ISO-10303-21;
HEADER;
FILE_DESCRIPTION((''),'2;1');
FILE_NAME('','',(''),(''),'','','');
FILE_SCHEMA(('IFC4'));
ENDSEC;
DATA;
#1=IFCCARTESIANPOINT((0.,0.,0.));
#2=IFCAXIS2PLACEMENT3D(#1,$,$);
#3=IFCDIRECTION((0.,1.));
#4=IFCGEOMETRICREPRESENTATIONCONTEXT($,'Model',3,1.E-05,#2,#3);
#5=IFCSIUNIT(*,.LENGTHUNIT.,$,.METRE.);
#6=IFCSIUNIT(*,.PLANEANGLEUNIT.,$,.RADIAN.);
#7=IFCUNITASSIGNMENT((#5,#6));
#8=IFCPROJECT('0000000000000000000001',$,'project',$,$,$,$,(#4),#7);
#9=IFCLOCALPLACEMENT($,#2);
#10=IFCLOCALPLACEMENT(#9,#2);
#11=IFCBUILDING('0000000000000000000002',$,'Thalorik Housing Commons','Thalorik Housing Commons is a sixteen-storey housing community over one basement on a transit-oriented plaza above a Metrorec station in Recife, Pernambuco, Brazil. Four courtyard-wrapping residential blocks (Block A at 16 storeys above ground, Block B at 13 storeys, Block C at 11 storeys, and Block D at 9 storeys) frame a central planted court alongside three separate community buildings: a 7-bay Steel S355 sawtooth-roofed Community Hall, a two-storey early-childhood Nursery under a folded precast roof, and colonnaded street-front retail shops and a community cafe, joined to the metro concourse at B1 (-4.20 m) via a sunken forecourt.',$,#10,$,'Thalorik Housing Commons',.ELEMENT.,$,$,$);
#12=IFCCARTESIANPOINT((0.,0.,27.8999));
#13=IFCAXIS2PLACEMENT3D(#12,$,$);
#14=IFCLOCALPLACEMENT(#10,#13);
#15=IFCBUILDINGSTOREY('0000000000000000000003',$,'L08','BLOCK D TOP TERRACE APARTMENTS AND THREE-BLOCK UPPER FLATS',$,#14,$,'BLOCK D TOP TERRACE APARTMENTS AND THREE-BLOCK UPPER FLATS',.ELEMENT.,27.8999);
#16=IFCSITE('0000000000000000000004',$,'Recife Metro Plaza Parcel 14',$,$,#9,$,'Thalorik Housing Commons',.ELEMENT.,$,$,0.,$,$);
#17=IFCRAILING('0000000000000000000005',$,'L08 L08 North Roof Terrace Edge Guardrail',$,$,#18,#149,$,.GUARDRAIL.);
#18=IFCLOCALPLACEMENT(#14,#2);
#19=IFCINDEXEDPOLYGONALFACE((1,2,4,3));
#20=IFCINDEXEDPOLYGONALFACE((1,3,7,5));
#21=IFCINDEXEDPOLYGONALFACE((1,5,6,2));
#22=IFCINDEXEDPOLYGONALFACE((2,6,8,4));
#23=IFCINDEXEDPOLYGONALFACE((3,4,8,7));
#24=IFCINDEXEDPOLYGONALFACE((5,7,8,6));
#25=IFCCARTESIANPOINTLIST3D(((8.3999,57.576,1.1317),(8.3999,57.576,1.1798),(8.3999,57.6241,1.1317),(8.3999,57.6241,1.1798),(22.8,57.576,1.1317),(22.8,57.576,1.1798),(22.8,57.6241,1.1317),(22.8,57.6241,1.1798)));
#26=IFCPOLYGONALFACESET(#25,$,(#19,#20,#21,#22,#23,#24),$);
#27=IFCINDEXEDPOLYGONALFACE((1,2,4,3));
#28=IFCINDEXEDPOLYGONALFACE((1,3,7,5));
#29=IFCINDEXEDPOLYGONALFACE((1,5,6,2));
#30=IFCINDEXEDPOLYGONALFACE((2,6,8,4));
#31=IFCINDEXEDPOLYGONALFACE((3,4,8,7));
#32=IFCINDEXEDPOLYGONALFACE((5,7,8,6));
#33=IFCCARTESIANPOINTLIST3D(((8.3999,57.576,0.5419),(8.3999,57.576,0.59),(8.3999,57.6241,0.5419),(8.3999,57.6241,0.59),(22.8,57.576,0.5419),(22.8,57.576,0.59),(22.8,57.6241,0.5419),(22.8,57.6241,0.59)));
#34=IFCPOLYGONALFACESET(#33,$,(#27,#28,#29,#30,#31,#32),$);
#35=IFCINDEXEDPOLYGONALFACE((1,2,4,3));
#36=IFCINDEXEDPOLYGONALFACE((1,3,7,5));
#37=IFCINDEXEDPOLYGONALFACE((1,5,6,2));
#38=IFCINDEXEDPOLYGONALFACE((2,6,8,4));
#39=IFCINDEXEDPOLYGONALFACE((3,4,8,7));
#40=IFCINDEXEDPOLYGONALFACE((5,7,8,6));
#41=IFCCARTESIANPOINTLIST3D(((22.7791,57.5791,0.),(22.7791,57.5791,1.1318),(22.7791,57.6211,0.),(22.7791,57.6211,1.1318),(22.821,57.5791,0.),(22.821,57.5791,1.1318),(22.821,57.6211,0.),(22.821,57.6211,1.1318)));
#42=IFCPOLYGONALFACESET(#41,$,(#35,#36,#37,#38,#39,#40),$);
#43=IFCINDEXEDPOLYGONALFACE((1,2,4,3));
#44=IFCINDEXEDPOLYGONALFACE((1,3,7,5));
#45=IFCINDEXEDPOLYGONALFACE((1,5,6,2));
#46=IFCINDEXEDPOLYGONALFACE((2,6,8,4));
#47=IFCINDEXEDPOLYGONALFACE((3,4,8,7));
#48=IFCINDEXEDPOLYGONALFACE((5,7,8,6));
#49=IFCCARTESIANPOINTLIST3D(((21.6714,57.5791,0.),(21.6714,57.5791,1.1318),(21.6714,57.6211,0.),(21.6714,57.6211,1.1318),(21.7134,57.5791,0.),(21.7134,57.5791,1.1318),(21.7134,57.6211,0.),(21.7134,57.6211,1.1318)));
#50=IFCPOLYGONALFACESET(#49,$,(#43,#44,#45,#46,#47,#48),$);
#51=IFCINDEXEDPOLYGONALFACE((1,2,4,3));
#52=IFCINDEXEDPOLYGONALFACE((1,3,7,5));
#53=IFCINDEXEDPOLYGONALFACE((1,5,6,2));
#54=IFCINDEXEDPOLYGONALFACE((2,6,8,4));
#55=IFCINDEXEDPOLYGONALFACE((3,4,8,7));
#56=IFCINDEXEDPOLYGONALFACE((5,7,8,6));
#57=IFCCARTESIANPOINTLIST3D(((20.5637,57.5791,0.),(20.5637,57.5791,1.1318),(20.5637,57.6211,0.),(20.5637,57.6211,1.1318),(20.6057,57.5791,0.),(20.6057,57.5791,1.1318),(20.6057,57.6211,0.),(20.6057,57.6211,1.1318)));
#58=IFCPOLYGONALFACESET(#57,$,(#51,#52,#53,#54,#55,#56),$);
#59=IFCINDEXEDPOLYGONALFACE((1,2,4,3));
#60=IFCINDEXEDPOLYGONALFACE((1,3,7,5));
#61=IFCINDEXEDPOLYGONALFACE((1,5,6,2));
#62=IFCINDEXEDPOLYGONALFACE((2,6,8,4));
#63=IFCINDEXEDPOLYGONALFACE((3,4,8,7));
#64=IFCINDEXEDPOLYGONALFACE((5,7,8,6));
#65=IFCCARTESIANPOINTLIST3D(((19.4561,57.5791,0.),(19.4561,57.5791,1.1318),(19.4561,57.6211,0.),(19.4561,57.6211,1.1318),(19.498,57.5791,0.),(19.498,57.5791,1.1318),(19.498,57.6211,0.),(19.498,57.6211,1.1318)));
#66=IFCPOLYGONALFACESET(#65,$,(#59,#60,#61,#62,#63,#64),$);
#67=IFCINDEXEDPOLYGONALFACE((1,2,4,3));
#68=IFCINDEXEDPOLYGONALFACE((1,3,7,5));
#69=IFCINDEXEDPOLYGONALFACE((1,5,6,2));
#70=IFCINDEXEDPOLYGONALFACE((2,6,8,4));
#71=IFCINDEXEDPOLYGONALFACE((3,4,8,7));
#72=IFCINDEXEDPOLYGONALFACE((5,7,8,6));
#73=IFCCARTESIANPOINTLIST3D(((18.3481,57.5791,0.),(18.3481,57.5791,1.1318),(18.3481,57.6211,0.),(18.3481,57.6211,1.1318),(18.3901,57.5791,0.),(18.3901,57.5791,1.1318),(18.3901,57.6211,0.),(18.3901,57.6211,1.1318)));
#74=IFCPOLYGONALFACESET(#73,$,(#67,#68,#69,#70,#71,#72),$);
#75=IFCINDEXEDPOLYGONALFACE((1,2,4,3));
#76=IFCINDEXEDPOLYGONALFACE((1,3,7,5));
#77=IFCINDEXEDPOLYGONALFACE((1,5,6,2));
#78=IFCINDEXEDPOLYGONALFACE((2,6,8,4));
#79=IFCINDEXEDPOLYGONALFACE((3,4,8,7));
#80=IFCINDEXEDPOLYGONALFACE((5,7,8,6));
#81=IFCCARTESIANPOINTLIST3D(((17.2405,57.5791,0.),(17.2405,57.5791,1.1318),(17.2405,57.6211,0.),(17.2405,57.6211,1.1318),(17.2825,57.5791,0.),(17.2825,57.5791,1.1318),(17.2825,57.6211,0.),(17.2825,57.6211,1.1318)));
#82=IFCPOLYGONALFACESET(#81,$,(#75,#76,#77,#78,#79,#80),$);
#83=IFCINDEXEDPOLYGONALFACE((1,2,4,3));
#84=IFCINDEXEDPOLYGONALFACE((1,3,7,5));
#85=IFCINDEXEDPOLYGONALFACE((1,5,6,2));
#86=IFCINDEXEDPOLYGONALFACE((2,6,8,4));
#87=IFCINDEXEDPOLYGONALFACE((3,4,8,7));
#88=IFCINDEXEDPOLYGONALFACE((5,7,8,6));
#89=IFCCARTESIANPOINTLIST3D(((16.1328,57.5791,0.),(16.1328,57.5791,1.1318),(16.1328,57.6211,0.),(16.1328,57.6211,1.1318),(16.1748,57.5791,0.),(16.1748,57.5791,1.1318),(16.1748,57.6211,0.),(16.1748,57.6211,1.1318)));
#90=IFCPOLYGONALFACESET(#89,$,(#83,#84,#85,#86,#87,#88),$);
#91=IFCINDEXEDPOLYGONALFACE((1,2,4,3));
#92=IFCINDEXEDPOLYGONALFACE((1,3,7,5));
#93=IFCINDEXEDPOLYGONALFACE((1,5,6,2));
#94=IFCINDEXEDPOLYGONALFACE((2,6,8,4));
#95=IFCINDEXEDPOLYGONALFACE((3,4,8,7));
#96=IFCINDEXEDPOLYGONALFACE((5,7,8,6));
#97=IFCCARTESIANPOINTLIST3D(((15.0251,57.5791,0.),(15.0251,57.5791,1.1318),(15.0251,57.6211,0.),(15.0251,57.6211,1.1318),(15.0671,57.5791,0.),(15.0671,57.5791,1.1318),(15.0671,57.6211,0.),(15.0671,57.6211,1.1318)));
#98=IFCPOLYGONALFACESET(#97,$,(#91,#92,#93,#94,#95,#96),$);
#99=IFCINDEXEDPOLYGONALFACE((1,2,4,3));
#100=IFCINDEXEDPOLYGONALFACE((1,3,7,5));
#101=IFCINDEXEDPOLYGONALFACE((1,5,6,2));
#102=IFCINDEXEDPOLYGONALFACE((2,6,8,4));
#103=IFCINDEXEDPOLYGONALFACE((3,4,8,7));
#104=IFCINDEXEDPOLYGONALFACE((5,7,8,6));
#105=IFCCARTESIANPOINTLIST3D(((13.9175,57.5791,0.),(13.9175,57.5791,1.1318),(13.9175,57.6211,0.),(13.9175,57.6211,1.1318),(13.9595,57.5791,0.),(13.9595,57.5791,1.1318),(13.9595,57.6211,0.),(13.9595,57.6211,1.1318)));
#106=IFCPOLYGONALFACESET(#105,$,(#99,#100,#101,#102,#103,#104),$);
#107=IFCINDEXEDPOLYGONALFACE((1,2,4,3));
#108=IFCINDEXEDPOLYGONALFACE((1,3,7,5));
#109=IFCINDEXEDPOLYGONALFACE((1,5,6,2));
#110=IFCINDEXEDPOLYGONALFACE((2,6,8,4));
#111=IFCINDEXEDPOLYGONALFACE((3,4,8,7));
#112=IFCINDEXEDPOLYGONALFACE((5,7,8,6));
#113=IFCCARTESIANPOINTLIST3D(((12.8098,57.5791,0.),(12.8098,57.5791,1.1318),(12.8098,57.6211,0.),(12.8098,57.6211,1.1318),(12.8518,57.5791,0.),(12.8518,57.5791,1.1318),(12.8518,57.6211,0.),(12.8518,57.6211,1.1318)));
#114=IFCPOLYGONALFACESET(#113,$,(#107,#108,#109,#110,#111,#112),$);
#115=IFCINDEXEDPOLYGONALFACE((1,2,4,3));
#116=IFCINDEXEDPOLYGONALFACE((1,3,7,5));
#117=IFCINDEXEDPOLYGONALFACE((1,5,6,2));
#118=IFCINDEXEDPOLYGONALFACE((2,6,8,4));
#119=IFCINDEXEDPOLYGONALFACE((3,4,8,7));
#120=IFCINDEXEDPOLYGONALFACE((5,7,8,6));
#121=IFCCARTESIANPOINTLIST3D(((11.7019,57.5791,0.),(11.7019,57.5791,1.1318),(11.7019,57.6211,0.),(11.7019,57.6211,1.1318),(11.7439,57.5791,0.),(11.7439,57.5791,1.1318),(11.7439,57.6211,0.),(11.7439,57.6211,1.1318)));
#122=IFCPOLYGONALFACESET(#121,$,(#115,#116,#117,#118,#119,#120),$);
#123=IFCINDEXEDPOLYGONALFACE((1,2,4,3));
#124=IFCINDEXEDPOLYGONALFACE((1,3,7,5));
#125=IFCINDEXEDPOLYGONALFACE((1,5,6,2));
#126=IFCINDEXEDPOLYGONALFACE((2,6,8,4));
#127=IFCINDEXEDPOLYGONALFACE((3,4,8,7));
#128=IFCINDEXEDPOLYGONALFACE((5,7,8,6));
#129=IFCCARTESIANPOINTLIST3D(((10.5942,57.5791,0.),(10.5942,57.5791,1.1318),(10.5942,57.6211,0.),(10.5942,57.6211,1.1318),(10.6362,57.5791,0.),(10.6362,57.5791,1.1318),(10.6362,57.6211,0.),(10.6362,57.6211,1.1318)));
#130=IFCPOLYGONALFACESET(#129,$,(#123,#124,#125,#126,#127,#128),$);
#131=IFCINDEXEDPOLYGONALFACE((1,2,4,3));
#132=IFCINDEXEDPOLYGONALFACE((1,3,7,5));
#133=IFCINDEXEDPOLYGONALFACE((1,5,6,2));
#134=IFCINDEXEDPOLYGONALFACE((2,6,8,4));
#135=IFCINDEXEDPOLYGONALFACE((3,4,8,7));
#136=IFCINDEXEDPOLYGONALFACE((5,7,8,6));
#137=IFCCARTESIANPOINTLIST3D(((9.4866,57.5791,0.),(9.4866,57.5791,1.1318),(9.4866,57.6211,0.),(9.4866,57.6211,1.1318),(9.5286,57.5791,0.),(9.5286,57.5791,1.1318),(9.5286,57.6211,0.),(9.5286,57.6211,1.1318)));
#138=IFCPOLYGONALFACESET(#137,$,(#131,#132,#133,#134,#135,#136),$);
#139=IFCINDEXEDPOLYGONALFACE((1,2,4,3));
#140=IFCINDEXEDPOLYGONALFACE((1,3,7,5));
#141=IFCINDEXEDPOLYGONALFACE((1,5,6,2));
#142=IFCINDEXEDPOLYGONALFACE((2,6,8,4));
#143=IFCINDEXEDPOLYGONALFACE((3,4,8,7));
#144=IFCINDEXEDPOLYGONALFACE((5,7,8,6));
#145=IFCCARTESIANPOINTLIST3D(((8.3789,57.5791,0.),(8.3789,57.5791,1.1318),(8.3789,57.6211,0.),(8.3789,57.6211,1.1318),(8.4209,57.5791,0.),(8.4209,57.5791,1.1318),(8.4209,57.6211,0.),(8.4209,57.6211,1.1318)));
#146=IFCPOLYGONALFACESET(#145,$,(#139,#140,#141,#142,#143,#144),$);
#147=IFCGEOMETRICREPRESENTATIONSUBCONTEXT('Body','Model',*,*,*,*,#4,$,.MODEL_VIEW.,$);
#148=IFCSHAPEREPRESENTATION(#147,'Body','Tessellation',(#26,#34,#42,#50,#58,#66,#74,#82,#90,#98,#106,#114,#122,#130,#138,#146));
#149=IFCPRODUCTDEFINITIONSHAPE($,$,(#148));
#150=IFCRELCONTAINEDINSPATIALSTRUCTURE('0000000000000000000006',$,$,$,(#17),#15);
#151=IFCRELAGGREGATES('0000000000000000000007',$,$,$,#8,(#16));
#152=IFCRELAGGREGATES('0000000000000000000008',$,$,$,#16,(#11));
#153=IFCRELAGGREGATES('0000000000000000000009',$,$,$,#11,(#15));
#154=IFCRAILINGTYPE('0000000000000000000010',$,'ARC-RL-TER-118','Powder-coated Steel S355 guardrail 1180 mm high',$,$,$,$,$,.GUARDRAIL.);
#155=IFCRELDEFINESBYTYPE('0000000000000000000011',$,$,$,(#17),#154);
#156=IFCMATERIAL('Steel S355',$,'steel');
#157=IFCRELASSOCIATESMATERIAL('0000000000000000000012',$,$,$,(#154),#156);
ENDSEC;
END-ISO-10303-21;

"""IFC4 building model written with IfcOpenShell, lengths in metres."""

from ifc_helpers import new_model, si_unit, direction, frame, origin, origin_2d, place, context, subcontext, project, spatial, rectangle, extrude, material, type_object, element, save


model = new_model("IFC4")

# Units and contexts
model_context = context("Model", 3, precision=1e-05, world=origin(), true_north=direction((0.0, 1.0)))
body_context = subcontext(model_context, "Body", "Model", "MODEL_VIEW")
ifc_project = project(units=[si_unit("LENGTHUNIT", "METRE"), si_unit("PLANEANGLEUNIT", "RADIAN")], contexts=[model_context])

# Site, building, storey
site_placement = place(None, origin())
site = spatial("IfcSite", under=ifc_project, at=site_placement, Name="Recife Metro Plaza Parcel 14", LongName="Thalorik Housing Commons", CompositionType="ELEMENT", RefElevation=0.0)
building_placement = place(site_placement, origin())
building = spatial("IfcBuilding", under=site, at=building_placement, Name="Thalorik Housing Commons", Description="Thalorik Housing Commons is a sixteen-storey housing community over one basement on a transit-oriented plaza above a Metrorec station in Recife, Pernambuco, Brazil. Four courtyard-wrapping residential blocks (Block A at 16 storeys above ground, Block B at 13 storeys, Block C at 11 storeys, and Block D at 9 storeys) frame a central planted court alongside three separate community buildings: a 7-bay Steel S355 sawtooth-roofed Community Hall, a two-storey early-childhood Nursery under a folded precast roof, and colonnaded street-front retail shops and a community cafe, joined to the metro concourse at B1 (-4.20 m) via a sunken forecourt.", LongName="Thalorik Housing Commons", CompositionType="ELEMENT")
storey_placement = place(building_placement, frame((0.0, 0.0, 27.8999)))
storey = spatial("IfcBuildingStorey", under=building, at=storey_placement, Name="L08", Description="BLOCK D TOP TERRACE APARTMENTS AND THREE-BLOCK UPPER FLATS", LongName="BLOCK D TOP TERRACE APARTMENTS AND THREE-BLOCK UPPER FLATS", CompositionType="ELEMENT", Elevation=27.8999)

# Railing
ifc_material_1 = material(Name="Steel S355", Category="steel")
railing_type_1 = type_object("IfcRailingType", Name="ARC-RL-TER-118", Description="Powder-coated Steel S355 guardrail 1180 mm high", PredefinedType="GUARDRAIL", material=ifc_material_1)
railing_1_placement = place(storey_placement, frame((22.8, 57.6001, 0.0)))
element("IfcRailing", 1, at=railing_1_placement, inside=storey, type_object=railing_type_1, Name="L08 L08 North Roof Terrace Edge Guardrail", PredefinedType="GUARDRAIL", context=body_context, shape_type="SweptSolid", body=[
    extrude(rectangle(XDim=0.0481, YDim=0.0481, at=origin_2d()), frame((0.0, 0.0, 1.1558), z_axis=(-1.0, 0.0, 0.0), x_axis=(0.0, -1.0, 0.0)), (0.0, 0.0, 1.0), 14.4001),
    extrude(rectangle(XDim=0.0481, YDim=0.0481, at=origin_2d()), frame((0.0, 0.0, 0.5659), z_axis=(-1.0, 0.0, 0.0), x_axis=(0.0, -1.0, 0.0)), (0.0, 0.0, 1.0), 14.4001),
    extrude(rectangle(XDim=0.042, YDim=0.042, at=origin_2d()), origin(), (0.0, 0.0, 1.0), 1.1318),
    extrude(rectangle(XDim=0.042, YDim=0.042, at=origin_2d()), frame((-1.1077, 0.0, 0.0)), (0.0, 0.0, 1.0), 1.1318),
    extrude(rectangle(XDim=0.042, YDim=0.042, at=origin_2d()), frame((-2.2153, 0.0, 0.0)), (0.0, 0.0, 1.0), 1.1318),
    extrude(rectangle(XDim=0.042, YDim=0.042, at=origin_2d()), frame((-3.323, 0.0, 0.0)), (0.0, 0.0, 1.0), 1.1318),
    extrude(rectangle(XDim=0.042, YDim=0.042, at=origin_2d()), frame((-4.4309, 0.0, 0.0)), (0.0, 0.0, 1.0), 1.1318),
    extrude(rectangle(XDim=0.042, YDim=0.042, at=origin_2d()), frame((-5.5386, 0.0, 0.0)), (0.0, 0.0, 1.0), 1.1318),
    extrude(rectangle(XDim=0.042, YDim=0.042, at=origin_2d()), frame((-6.6462, 0.0, 0.0)), (0.0, 0.0, 1.0), 1.1318),
    extrude(rectangle(XDim=0.042, YDim=0.042, at=origin_2d()), frame((-7.7539, 0.0, 0.0)), (0.0, 0.0, 1.0), 1.1318),
    extrude(rectangle(XDim=0.042, YDim=0.042, at=origin_2d()), frame((-8.8616, 0.0, 0.0)), (0.0, 0.0, 1.0), 1.1318),
    extrude(rectangle(XDim=0.042, YDim=0.042, at=origin_2d()), frame((-9.9692, 0.0, 0.0)), (0.0, 0.0, 1.0), 1.1318),
    extrude(rectangle(XDim=0.042, YDim=0.042, at=origin_2d()), frame((-11.0771, 0.0, 0.0)), (0.0, 0.0, 1.0), 1.1318),
    extrude(rectangle(XDim=0.042, YDim=0.042, at=origin_2d()), frame((-12.1848, 0.0, 0.0)), (0.0, 0.0, 1.0), 1.1318),
    extrude(rectangle(XDim=0.042, YDim=0.042, at=origin_2d()), frame((-13.2925, 0.0, 0.0)), (0.0, 0.0, 1.0), 1.1318),
    extrude(rectangle(XDim=0.042, YDim=0.042, at=origin_2d()), frame((-14.4001, 0.0, 0.0)), (0.0, 0.0, 1.0), 1.1318),
])

save(model, "model.ifc")
